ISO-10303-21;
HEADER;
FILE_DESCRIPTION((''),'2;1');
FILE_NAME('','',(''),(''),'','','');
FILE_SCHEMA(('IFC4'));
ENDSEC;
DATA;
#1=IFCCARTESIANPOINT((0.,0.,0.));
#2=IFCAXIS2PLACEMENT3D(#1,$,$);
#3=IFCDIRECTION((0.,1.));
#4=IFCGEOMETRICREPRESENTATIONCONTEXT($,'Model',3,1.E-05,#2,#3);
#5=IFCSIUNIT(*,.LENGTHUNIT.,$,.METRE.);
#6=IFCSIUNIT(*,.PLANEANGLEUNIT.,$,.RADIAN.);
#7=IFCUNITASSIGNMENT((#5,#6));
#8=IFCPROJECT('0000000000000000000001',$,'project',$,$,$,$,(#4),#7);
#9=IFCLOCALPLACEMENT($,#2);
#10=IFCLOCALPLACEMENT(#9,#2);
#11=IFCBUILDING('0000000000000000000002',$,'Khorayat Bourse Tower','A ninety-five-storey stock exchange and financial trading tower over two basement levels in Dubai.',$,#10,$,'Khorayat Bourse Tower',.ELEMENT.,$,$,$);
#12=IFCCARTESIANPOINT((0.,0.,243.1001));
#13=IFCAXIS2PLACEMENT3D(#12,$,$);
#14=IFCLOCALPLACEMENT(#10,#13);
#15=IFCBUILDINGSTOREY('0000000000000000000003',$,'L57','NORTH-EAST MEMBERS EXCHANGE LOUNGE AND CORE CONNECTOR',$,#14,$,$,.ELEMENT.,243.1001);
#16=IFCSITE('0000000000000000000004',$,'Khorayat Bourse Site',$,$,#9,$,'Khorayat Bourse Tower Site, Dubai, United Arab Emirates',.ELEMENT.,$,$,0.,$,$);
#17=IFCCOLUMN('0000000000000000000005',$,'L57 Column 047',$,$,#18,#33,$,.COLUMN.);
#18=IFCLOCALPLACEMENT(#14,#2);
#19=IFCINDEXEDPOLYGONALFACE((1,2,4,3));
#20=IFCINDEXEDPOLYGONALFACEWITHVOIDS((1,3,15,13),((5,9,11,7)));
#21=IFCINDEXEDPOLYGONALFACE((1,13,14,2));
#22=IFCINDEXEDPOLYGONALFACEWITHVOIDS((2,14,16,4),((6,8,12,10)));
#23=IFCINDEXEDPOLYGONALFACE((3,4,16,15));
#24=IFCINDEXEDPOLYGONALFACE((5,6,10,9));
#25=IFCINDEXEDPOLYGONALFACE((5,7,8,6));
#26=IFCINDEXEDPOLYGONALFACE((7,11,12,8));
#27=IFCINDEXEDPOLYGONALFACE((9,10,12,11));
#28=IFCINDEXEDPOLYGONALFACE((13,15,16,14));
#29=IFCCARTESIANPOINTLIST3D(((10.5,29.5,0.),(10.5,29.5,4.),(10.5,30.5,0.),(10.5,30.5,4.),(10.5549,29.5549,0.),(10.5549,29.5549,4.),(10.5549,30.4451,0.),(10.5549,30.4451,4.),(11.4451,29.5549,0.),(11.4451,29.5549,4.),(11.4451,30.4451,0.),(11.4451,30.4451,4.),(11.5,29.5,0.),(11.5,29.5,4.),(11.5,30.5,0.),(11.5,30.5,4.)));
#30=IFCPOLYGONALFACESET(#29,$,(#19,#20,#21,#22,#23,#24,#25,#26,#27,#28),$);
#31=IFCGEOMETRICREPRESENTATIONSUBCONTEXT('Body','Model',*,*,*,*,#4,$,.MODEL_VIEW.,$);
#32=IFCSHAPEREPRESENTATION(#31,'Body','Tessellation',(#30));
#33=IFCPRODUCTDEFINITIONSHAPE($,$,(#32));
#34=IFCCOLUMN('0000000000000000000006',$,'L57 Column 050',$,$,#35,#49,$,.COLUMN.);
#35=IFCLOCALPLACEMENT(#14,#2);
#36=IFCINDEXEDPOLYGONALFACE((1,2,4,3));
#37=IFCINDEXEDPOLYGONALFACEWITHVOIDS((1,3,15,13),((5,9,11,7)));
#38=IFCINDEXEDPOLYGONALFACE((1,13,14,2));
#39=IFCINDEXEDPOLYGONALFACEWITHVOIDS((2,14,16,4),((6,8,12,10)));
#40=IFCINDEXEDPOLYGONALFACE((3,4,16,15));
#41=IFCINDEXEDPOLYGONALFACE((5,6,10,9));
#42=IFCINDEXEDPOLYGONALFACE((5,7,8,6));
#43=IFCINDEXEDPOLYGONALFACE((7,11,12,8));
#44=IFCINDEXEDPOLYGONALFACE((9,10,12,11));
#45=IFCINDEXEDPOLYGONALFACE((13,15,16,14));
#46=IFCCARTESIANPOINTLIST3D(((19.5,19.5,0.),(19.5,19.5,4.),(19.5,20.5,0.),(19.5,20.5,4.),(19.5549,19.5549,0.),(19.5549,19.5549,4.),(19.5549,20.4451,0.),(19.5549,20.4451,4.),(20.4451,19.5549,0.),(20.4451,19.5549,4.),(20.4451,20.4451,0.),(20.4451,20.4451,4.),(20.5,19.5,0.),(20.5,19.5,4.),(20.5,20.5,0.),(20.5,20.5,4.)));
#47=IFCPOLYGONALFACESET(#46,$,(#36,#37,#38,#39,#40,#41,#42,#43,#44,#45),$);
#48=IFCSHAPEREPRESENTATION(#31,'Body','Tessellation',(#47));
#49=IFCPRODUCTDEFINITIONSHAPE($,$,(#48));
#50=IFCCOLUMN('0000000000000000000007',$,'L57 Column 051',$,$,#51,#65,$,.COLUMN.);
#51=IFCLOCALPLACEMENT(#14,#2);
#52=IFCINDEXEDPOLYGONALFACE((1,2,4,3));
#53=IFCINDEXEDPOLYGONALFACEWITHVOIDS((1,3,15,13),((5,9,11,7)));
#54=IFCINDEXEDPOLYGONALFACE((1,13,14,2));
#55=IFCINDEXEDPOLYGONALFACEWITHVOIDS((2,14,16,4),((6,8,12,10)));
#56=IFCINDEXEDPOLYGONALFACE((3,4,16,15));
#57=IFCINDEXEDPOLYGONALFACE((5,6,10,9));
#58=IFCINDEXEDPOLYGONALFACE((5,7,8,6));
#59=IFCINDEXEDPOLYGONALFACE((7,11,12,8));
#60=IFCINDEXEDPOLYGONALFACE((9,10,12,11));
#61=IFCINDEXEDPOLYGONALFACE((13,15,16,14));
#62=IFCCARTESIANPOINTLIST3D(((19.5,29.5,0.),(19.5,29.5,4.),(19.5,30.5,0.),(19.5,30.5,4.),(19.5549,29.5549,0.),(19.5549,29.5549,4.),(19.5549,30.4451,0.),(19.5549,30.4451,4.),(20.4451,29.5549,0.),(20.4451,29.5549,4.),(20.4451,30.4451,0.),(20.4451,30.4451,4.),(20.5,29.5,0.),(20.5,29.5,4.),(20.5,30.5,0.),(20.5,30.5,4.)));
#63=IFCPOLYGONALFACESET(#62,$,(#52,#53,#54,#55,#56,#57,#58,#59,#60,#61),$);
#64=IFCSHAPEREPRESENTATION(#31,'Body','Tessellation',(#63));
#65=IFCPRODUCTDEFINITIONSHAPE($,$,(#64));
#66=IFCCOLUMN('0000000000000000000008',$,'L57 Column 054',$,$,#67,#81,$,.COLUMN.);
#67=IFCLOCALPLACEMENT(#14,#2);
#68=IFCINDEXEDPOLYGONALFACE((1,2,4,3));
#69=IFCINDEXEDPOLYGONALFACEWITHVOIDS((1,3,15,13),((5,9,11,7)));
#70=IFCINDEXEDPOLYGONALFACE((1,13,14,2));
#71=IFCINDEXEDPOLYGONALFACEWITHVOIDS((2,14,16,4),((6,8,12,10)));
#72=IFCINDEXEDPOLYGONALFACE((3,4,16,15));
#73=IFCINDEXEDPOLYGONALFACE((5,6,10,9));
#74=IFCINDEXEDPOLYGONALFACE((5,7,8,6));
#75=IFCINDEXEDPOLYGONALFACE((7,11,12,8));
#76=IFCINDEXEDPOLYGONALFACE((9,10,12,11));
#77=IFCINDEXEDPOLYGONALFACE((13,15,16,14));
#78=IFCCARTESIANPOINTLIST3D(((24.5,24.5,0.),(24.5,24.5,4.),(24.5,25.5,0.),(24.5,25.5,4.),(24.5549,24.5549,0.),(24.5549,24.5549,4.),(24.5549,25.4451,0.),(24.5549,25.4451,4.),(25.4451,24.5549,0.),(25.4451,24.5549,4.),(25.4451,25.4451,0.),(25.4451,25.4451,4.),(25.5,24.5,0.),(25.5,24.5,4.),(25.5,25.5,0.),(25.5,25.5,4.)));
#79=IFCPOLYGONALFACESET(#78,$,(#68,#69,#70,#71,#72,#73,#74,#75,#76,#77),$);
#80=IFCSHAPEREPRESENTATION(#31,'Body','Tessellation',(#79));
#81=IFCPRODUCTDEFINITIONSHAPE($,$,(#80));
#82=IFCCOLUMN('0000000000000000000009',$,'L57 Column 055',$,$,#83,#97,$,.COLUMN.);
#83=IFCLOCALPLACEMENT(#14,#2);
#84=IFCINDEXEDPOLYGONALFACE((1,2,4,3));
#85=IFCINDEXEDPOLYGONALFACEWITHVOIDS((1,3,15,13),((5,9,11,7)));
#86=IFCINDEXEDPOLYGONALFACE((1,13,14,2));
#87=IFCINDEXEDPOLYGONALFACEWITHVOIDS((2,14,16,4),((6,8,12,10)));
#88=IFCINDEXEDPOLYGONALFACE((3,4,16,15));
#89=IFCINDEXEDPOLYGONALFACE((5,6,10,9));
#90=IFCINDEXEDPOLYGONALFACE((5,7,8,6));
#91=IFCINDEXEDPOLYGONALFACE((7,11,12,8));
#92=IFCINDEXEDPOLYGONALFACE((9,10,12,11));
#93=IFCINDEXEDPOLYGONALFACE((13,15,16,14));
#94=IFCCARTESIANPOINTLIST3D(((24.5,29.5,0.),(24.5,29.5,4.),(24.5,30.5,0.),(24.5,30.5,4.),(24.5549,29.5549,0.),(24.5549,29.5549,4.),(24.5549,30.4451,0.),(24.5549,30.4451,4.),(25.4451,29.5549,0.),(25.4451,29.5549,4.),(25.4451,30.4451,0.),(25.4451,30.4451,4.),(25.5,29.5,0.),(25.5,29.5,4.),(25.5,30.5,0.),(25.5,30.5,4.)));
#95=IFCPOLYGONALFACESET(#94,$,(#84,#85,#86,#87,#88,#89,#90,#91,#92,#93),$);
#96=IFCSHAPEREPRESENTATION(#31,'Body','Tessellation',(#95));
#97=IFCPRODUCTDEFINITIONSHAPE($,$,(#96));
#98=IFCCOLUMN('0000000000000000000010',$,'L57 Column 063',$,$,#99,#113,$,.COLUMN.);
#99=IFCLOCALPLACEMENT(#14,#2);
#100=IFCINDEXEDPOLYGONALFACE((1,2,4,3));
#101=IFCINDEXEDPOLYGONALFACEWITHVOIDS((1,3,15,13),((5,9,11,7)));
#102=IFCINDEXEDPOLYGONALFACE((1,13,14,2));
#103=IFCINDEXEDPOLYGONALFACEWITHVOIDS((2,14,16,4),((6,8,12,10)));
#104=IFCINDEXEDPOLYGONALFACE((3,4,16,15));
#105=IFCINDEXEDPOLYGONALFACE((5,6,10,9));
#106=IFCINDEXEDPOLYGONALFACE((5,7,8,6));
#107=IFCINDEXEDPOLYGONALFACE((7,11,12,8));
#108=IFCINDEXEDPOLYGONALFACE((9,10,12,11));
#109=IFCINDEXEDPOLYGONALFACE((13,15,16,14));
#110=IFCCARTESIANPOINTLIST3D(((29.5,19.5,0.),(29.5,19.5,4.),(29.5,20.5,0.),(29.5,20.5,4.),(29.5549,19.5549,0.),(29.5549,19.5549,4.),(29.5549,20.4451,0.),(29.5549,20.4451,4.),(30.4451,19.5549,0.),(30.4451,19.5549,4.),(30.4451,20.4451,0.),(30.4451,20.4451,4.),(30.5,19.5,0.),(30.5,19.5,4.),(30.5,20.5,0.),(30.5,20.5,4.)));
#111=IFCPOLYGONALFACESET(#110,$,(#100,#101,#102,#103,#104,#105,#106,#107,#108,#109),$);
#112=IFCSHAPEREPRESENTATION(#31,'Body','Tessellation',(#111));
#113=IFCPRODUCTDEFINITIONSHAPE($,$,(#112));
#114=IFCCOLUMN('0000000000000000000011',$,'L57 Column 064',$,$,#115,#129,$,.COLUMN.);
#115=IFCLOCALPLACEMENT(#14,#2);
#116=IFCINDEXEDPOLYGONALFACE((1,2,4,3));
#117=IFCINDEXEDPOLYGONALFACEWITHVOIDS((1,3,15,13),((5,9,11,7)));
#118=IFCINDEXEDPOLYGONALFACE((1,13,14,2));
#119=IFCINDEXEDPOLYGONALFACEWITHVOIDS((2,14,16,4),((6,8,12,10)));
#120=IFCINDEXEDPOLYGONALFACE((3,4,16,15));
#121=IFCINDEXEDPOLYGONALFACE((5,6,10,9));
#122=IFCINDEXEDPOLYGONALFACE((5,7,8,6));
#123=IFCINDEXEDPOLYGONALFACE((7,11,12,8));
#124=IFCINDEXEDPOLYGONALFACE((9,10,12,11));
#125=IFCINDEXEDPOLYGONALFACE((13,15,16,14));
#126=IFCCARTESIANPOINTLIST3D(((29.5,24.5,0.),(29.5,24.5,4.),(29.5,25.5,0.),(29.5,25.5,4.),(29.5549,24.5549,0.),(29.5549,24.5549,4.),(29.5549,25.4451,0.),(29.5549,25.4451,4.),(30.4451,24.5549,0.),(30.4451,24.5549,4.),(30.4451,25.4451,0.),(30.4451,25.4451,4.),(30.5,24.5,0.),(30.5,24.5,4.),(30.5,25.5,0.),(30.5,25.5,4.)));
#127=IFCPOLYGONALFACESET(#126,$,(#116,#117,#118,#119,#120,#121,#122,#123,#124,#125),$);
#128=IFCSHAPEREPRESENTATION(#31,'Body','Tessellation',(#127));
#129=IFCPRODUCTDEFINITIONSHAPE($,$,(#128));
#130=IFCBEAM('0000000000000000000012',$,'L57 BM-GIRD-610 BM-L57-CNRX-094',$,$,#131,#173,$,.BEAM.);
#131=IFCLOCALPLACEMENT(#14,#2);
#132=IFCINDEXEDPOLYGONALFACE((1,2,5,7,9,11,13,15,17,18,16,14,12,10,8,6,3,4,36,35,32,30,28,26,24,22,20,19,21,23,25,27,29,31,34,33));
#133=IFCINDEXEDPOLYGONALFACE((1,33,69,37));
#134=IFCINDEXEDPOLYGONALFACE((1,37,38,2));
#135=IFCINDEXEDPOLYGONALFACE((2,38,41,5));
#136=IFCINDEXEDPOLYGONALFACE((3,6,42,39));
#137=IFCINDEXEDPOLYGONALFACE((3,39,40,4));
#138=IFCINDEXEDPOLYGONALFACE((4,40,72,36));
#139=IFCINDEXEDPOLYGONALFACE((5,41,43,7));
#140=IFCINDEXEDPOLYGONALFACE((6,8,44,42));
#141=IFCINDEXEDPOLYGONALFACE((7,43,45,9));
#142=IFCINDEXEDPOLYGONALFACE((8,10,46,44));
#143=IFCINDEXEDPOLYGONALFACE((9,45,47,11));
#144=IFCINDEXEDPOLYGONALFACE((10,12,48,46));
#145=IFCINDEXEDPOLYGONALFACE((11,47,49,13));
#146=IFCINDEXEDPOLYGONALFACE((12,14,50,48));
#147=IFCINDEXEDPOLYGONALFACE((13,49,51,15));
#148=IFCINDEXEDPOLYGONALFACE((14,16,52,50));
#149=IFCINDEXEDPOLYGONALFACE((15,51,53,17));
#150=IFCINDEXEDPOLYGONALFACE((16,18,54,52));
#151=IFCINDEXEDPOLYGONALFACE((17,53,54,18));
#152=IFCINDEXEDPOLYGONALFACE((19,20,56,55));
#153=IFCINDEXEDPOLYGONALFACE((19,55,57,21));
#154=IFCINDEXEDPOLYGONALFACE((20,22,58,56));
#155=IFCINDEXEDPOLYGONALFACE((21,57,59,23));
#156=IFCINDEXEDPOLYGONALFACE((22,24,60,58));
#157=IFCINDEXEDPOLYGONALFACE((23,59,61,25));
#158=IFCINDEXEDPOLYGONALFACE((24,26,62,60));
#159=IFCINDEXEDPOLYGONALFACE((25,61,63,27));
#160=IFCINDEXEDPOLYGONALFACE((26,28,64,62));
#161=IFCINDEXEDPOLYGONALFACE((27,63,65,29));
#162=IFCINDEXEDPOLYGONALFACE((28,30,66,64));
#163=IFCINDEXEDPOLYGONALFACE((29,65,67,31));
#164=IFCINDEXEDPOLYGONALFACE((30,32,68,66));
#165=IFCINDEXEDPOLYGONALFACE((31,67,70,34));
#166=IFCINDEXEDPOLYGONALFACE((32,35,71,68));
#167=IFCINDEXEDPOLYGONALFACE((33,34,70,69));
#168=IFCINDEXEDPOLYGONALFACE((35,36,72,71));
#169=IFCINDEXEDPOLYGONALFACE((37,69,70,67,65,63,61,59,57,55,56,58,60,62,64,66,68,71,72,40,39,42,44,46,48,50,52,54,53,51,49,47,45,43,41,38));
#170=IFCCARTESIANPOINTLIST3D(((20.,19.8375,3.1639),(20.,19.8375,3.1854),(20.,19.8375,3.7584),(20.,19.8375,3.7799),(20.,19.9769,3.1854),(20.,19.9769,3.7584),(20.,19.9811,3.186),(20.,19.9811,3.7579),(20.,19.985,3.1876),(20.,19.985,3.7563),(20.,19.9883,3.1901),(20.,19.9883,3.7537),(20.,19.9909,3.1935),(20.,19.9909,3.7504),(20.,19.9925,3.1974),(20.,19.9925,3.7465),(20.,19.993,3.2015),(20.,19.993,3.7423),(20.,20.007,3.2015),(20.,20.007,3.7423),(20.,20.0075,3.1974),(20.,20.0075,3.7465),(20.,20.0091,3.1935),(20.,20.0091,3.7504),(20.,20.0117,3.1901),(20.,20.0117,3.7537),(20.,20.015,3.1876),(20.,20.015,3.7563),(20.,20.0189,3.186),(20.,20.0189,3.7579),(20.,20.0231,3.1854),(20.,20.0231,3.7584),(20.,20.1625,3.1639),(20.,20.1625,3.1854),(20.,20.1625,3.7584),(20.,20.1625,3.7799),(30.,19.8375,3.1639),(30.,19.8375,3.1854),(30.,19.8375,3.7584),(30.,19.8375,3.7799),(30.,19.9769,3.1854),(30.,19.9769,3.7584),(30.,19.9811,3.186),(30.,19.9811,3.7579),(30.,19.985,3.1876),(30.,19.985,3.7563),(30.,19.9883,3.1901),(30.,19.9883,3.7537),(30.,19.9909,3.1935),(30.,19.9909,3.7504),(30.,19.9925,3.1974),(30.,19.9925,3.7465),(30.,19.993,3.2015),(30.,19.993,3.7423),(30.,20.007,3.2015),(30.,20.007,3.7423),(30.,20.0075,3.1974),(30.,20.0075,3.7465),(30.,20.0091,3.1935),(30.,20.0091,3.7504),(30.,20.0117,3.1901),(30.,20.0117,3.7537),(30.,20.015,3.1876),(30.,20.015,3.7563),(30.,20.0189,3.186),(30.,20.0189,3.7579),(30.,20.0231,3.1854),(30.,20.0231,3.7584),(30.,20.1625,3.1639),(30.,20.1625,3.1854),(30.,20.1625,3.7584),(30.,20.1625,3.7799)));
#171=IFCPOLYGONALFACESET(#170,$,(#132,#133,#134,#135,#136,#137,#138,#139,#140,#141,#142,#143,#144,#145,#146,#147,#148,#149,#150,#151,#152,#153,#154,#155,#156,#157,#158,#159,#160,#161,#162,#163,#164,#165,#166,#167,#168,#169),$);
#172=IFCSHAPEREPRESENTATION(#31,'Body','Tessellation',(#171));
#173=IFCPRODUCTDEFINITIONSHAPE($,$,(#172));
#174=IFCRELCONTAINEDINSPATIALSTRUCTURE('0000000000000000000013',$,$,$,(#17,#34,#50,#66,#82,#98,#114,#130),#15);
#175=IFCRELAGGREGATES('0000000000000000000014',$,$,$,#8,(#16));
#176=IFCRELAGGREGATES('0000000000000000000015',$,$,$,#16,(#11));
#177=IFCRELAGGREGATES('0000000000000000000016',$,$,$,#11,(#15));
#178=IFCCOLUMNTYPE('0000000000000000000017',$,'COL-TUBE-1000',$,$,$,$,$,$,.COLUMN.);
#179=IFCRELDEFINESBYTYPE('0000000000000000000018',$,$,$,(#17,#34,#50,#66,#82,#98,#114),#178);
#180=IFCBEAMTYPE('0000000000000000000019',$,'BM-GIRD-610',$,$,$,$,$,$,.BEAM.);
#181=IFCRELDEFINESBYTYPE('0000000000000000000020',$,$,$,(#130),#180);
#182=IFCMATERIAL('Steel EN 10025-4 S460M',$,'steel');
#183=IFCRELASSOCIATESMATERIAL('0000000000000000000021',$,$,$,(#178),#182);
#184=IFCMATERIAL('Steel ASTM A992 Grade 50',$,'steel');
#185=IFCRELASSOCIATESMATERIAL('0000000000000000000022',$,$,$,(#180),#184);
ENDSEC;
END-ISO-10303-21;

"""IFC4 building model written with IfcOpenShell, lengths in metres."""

from ifc_helpers import new_model, si_unit, direction, frame, origin, origin_2d, place, context, subcontext, project, spatial, hollow_rectangle, i_section, extrude, source, transform, mapped, material, material_profile, profile_set, type_object, element, save


model = new_model("IFC4")

# Units and contexts
model_context = context("Model", 3, precision=1e-05, world=origin(), true_north=direction((0.0, 1.0)))
body_context = subcontext(model_context, "Body", "Model", "MODEL_VIEW")
ifc_project = project(units=[si_unit("LENGTHUNIT", "METRE"), si_unit("PLANEANGLEUNIT", "RADIAN")], contexts=[model_context])

# Site, building, storey
site_placement = place(None, origin())
site = spatial("IfcSite", under=ifc_project, at=site_placement, Name="Khorayat Bourse Site", LongName="Khorayat Bourse Tower Site, Dubai, United Arab Emirates", CompositionType="ELEMENT", RefElevation=0.0)
building_placement = place(site_placement, origin())
building = spatial("IfcBuilding", under=site, at=building_placement, Name="Khorayat Bourse Tower", Description="A ninety-five-storey stock exchange and financial trading tower over two basement levels in Dubai.", LongName="Khorayat Bourse Tower", CompositionType="ELEMENT")
storey_placement = place(building_placement, frame((0.0, 0.0, 243.1001)))
storey = spatial("IfcBuildingStorey", under=building, at=storey_placement, Name="L57", Description="NORTH-EAST MEMBERS EXCHANGE LOUNGE AND CORE CONNECTOR", CompositionType="ELEMENT", Elevation=243.1001)

# Columns
ifc_material_1 = material(Name="Steel EN 10025-4 S460M", Category="steel")
ifc_material_profile_1 = material_profile(ifc_material_1, hollow_rectangle(XDim=1.0, YDim=1.0, WallThickness=0.0549, at=origin_2d()), Name="BOX 1000x1000x55")
ifc_profile_set_1 = profile_set([ifc_material_profile_1], Name="Steel EN 10025-4 S460M")
column_type = type_object("IfcColumnType", Name="COL-TUBE-1000", PredefinedType="COLUMN", material=ifc_profile_set_1)
shared_shape_1 = source(origin(), body_context, "Body", "SweptSolid", [
    extrude(hollow_rectangle(XDim=1.0, YDim=1.0, WallThickness=0.0549, at=origin_2d()), origin(), (0.0, 0.0, 1.0), 4.0),
])
for number, where, z_axis, x_axis, name in (
    (1, (11.0, 30.0, 0.0), (0.0, 0.0, 1.0), (1.0, 0.0, 0.0), "L57 Column 047"),
    (2, (20.0, 20.0, 0.0), (0.0, 0.0, 1.0), (1.0, 0.0, 0.0), "L57 Column 050"),
    (3, (20.0, 30.0, 0.0), (0.0, 0.0, 1.0), (1.0, 0.0, 0.0), "L57 Column 051"),
    (4, (25.0, 25.0, 0.0), (0.0, 0.0, 1.0), (1.0, 0.0, 0.0), "L57 Column 054"),
    (5, (25.0, 30.0, 0.0), (0.0, 0.0, 1.0), (1.0, 0.0, 0.0), "L57 Column 055"),
    (6, (30.0, 20.0, 0.0), (0.0, 0.0, 1.0), (1.0, 0.0, 0.0), "L57 Column 063"),
    (7, (30.0, 25.0, 0.0), (0.0, 0.0, 1.0), (1.0, 0.0, 0.0), "L57 Column 064"),
):
    element("IfcColumn", number, at=place(storey_placement, frame(where, z_axis=z_axis, x_axis=x_axis)), inside=storey, type_object=column_type, Name=name, PredefinedType="COLUMN", context=body_context, shape_type="MappedRepresentation", body=[
        mapped(shared_shape_1, transform((0.0, 0.0, 0.0), scale=1.0)),
    ])

# Beam
ifc_material_2 = material(Name="Steel ASTM A992 Grade 50", Category="steel")
ifc_material_profile_2 = material_profile(ifc_material_2, i_section(OverallWidth=0.325, OverallDepth=0.616, WebThickness=0.0139, FlangeThickness=0.0215, FilletRadius=0.0161, at=origin_2d()), Name="W610X174")
ifc_profile_set_2 = profile_set([ifc_material_profile_2], Name="Steel ASTM A992 Grade 50")
beam_type_1 = type_object("IfcBeamType", Name="BM-GIRD-610", PredefinedType="BEAM", material=ifc_profile_set_2)
shared_shape_2 = source(origin(), body_context, "Body", "SweptSolid", [
    extrude(i_section(OverallWidth=0.325, OverallDepth=0.616, WebThickness=0.0139, FlangeThickness=0.0215, FilletRadius=0.0161, at=origin_2d()), origin(), (0.0, 0.0, 1.0), 10.0),
])
beam_1_placement = place(storey_placement, frame((20.0, 20.0, 3.4719), z_axis=(1.0, 0.0, 0.0), x_axis=(0.0, 1.0, 0.0)))
element("IfcBeam", 8, at=beam_1_placement, inside=storey, type_object=beam_type_1, Name="L57 BM-GIRD-610 BM-L57-CNRX-094", PredefinedType="BEAM", context=body_context, shape_type="MappedRepresentation", body=[
    mapped(shared_shape_2, transform((0.0, 0.0, 0.0), scale=1.0)),
])

save(model, "model.ifc")
